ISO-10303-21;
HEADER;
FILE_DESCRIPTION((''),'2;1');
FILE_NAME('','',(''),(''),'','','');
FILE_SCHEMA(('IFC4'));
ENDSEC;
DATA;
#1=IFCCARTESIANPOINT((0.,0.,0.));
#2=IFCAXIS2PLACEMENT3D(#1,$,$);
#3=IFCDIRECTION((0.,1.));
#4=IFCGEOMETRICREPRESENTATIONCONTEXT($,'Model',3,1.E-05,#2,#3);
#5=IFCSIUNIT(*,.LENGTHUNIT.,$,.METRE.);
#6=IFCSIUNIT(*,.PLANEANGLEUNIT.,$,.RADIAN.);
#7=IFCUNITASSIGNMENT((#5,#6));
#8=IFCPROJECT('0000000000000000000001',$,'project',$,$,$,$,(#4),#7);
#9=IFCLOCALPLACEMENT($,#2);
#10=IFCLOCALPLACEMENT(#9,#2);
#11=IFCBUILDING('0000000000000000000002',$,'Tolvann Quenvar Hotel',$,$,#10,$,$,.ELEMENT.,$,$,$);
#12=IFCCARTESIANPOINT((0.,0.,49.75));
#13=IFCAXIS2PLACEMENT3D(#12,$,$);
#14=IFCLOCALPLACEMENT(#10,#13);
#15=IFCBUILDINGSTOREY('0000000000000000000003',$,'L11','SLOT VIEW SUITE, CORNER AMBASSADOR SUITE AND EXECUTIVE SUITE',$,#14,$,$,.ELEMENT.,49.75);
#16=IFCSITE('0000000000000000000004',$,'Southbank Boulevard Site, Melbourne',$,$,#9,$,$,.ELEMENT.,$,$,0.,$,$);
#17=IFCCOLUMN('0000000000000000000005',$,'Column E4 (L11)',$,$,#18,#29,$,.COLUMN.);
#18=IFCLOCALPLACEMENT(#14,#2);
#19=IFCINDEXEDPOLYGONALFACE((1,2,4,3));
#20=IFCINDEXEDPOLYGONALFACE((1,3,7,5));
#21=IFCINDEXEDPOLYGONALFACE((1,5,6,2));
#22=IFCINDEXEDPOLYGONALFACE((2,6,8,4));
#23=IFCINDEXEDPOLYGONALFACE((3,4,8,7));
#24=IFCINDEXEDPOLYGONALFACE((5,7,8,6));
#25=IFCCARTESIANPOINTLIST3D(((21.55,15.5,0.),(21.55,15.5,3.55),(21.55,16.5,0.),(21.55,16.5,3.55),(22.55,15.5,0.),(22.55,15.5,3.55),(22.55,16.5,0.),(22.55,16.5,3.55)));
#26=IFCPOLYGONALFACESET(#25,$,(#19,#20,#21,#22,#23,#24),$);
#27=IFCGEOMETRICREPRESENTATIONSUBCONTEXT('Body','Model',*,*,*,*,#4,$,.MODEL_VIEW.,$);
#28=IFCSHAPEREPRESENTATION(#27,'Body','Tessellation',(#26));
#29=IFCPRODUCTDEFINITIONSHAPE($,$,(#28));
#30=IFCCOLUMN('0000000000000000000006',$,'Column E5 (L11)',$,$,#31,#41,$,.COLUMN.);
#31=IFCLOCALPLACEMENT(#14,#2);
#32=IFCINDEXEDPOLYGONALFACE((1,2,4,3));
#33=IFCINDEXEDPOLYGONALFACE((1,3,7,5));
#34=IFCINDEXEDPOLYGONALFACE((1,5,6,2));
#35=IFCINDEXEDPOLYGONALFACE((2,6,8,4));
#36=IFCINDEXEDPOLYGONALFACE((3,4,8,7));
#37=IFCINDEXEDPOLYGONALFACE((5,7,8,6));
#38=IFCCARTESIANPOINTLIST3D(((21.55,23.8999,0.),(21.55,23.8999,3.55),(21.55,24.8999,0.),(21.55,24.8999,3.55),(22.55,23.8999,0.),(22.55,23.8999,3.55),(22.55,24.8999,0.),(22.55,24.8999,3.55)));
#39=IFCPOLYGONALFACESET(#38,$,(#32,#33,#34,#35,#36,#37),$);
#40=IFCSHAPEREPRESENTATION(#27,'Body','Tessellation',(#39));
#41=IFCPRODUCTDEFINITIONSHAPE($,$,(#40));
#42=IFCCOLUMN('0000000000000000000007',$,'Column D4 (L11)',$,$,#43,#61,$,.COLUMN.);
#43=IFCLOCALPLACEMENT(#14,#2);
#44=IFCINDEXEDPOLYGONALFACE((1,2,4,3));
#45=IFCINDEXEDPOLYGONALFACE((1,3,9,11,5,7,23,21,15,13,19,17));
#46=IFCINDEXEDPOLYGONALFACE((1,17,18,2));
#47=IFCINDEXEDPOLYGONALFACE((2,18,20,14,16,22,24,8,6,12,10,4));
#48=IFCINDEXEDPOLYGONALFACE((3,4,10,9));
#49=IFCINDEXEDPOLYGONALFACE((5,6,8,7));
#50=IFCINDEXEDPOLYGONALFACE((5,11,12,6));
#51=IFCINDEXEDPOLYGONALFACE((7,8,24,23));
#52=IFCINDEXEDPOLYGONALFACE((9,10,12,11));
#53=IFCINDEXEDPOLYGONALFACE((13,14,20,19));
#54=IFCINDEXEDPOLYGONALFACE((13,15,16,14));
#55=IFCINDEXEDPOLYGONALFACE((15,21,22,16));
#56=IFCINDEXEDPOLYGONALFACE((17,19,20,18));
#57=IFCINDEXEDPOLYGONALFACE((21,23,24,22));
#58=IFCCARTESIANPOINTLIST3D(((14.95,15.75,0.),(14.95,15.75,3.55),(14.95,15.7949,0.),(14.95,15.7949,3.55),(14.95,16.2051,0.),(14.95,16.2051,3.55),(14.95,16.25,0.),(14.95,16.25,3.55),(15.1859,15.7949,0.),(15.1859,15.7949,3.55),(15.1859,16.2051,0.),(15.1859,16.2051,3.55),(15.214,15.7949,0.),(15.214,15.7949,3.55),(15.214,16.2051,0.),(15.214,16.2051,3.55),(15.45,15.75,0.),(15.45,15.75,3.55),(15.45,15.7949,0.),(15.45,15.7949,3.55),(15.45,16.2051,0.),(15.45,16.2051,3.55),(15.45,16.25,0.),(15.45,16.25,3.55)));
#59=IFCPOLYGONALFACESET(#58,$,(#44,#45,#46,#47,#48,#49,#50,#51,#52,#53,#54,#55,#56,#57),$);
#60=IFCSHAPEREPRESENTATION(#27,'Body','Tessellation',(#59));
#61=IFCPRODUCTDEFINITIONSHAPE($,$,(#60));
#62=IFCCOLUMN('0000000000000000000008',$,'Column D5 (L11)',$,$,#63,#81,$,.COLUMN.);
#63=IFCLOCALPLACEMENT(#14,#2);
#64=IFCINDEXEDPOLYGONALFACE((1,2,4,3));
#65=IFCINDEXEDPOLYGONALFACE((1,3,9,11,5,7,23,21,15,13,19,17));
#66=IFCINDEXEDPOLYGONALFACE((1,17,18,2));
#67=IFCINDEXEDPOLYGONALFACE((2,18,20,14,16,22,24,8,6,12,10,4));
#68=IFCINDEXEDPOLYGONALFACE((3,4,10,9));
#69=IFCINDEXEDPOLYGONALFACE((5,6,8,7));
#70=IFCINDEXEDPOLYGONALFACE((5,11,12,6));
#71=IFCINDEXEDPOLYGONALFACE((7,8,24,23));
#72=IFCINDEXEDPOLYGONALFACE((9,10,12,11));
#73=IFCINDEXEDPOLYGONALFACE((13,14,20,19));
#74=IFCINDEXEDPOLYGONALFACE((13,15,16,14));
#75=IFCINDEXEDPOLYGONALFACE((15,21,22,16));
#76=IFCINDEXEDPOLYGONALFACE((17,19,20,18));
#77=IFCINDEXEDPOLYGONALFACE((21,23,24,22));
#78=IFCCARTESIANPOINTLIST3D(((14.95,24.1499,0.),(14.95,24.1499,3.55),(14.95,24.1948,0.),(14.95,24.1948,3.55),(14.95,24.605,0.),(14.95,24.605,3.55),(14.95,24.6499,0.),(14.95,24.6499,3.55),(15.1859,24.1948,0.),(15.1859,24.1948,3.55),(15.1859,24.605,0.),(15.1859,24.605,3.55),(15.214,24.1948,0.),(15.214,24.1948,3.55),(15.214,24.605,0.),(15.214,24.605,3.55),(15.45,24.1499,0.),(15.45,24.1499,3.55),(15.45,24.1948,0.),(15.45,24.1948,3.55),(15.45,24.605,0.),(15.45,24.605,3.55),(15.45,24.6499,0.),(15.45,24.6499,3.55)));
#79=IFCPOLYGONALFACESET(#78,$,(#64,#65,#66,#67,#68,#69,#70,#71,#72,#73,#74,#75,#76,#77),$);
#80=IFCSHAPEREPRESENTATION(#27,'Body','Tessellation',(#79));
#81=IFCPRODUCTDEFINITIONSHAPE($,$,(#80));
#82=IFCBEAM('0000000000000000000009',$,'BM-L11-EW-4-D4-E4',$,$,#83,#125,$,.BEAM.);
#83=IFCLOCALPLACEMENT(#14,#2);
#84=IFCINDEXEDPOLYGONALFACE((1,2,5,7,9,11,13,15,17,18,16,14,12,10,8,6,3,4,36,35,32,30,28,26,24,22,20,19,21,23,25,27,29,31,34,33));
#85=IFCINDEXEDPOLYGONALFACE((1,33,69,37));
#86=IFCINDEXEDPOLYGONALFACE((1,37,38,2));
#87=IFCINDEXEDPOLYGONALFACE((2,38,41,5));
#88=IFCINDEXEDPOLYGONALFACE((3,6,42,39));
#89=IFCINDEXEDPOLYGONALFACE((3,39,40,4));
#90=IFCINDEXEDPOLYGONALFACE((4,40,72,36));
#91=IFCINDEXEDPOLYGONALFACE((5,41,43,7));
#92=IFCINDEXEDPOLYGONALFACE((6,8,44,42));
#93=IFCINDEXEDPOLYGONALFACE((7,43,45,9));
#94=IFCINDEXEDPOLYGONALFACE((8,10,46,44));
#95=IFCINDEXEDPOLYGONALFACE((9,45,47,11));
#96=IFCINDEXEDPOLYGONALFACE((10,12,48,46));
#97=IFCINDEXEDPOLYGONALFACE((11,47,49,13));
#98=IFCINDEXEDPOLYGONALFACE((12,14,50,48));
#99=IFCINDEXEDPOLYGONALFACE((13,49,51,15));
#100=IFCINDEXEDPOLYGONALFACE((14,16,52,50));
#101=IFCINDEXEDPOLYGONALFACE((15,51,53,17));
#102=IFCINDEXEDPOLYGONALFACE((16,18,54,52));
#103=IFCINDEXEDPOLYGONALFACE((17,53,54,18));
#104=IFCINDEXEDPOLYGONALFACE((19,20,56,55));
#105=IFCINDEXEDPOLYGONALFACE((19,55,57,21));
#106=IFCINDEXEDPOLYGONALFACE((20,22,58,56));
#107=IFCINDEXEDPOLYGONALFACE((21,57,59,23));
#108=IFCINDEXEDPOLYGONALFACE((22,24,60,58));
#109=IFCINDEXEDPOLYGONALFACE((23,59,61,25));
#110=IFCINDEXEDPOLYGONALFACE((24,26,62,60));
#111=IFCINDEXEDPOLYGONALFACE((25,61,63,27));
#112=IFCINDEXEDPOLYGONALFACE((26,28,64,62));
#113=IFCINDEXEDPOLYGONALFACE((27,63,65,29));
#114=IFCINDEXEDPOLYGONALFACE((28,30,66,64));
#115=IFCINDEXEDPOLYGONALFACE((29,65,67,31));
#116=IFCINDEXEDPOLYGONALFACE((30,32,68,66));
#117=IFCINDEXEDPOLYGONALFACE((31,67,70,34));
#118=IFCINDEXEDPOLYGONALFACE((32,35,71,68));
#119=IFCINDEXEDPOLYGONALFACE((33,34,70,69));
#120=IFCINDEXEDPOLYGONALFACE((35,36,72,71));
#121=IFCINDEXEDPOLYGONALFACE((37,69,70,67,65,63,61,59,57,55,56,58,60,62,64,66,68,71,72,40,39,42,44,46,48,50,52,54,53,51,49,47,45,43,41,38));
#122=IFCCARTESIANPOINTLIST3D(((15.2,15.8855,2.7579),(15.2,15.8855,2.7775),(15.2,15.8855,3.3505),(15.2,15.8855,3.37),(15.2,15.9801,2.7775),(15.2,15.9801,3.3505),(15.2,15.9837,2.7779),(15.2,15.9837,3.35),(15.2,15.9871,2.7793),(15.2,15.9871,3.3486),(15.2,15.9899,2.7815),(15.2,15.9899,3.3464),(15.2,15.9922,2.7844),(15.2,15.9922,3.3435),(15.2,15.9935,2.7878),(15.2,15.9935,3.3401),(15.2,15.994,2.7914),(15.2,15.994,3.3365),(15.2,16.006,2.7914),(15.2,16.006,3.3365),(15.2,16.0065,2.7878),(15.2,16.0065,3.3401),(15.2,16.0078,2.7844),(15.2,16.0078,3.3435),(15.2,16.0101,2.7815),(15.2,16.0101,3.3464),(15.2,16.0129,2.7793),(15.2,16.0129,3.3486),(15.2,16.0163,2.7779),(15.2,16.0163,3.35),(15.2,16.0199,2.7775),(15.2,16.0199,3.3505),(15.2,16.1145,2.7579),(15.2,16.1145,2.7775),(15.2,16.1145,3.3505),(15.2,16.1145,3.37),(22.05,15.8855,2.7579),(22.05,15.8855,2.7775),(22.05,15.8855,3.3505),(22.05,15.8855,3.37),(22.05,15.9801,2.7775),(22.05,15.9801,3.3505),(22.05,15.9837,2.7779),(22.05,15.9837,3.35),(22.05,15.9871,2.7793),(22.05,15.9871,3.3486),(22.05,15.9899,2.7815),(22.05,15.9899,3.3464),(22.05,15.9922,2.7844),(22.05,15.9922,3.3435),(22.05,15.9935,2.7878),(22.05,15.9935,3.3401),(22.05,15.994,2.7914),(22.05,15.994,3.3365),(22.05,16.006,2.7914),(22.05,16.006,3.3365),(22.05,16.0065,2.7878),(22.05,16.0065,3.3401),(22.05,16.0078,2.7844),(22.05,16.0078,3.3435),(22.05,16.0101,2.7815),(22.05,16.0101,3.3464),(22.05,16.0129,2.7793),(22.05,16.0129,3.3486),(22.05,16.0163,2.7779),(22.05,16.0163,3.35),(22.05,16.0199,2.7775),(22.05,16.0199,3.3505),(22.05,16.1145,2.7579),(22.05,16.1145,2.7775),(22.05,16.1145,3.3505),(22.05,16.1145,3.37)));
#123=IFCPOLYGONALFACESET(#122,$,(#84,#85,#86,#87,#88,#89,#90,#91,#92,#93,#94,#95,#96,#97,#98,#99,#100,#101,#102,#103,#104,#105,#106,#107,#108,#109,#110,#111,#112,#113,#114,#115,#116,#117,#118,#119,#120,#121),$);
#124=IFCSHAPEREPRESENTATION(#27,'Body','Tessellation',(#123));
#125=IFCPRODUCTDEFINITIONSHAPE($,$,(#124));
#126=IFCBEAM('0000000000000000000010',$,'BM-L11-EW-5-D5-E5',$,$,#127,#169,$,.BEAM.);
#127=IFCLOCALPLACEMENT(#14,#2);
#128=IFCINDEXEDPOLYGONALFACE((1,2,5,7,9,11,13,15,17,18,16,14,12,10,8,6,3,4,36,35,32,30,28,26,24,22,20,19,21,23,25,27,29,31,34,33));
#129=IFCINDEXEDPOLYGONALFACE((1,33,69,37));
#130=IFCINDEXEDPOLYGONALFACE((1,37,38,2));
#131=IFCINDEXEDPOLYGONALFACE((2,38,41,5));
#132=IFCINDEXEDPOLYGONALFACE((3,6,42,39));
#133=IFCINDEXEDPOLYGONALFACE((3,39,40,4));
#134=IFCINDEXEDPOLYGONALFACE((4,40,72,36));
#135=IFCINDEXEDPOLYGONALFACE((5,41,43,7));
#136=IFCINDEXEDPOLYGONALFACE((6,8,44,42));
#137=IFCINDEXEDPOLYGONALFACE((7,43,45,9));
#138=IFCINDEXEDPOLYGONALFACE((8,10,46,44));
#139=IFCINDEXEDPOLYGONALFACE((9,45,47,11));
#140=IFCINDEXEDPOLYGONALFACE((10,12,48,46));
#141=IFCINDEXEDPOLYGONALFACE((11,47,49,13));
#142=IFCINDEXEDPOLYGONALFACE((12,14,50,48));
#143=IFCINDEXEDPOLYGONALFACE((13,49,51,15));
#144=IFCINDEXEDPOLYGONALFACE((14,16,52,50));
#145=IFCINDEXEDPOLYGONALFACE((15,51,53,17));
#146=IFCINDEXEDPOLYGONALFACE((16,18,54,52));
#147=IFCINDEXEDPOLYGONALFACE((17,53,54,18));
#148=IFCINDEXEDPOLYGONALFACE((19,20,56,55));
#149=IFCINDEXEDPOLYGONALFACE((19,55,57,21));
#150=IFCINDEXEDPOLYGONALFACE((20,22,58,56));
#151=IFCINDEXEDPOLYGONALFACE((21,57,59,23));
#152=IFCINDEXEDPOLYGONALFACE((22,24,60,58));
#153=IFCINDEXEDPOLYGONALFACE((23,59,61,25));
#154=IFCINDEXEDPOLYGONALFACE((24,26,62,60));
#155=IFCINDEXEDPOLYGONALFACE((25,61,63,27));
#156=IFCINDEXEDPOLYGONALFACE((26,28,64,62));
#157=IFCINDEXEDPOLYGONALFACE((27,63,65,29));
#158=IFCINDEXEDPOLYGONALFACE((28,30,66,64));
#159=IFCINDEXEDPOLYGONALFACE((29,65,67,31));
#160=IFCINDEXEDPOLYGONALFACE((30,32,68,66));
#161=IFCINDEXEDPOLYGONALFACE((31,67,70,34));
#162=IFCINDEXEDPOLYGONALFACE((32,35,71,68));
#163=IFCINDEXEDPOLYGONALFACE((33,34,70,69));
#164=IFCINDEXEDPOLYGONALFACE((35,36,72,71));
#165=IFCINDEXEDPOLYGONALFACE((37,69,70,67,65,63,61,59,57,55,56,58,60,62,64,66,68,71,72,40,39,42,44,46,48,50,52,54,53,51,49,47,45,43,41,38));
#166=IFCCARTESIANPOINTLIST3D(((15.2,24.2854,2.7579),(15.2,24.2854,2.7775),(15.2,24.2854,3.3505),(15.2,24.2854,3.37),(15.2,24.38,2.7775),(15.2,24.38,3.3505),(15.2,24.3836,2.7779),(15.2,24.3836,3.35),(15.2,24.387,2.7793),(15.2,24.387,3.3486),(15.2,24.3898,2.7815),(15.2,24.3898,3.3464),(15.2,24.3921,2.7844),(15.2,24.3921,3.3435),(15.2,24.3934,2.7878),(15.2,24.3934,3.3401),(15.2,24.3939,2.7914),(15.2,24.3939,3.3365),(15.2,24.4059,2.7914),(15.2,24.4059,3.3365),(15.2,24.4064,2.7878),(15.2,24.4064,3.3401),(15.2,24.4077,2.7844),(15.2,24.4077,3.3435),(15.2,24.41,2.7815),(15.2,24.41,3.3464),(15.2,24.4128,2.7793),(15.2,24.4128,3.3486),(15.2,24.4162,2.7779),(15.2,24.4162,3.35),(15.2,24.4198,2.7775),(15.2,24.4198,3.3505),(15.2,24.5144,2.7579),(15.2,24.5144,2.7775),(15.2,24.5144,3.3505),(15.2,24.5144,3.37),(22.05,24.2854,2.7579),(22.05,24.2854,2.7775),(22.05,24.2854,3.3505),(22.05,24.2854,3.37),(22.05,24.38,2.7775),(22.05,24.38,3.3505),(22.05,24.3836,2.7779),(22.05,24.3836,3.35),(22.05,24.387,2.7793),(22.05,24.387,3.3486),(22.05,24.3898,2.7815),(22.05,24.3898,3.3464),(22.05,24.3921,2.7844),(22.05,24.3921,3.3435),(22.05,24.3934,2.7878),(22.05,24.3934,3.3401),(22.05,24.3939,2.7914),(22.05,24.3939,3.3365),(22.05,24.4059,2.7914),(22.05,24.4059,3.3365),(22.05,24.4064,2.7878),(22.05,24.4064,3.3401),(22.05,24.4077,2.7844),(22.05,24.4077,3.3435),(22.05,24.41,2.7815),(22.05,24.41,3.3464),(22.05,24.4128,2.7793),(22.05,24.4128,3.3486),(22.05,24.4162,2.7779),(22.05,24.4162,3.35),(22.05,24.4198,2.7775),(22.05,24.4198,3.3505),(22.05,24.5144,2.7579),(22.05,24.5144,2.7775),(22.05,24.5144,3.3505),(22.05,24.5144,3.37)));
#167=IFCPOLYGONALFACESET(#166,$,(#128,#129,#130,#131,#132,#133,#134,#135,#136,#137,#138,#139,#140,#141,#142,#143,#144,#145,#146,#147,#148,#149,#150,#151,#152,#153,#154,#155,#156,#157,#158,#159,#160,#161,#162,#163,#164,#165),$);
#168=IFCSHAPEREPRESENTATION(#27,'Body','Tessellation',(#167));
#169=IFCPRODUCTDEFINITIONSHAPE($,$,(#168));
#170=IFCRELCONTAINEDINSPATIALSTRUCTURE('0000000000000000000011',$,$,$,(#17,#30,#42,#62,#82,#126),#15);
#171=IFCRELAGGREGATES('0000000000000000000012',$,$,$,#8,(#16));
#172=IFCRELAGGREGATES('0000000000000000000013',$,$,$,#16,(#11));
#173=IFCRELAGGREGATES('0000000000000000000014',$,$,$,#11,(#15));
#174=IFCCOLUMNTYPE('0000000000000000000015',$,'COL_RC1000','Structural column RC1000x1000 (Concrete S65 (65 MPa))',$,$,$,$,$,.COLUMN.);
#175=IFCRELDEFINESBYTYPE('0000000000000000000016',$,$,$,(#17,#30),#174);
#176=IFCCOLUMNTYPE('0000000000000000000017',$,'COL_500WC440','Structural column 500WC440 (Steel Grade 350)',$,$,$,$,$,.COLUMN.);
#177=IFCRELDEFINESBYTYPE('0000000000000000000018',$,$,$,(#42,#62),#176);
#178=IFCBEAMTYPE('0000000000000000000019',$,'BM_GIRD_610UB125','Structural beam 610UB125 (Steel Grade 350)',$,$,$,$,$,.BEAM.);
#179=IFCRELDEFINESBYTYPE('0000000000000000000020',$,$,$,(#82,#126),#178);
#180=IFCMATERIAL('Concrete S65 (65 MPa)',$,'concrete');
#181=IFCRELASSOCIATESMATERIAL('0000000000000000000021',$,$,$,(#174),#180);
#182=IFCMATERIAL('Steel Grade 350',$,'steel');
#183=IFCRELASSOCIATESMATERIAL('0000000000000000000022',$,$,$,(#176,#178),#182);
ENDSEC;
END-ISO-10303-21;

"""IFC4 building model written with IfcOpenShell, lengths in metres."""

from ifc_helpers import new_model, si_unit, direction, frame, origin, origin_2d, place, context, subcontext, project, spatial, rectangle, i_section, extrude, source, transform, mapped, material, material_profile, profile_set, type_object, type_shapes, element, save


model = new_model("IFC4")

# Units and contexts
model_context = context("Model", 3, precision=1e-05, world=origin(), true_north=direction((0.0, 1.0)))
body_context = subcontext(model_context, "Body", "Model", "MODEL_VIEW")
ifc_project = project(units=[si_unit("LENGTHUNIT", "METRE"), si_unit("PLANEANGLEUNIT", "RADIAN")], contexts=[model_context])

# Site, building, storey
site_placement = place(None, origin())
site = spatial("IfcSite", under=ifc_project, at=site_placement, Name="Southbank Boulevard Site, Melbourne", CompositionType="ELEMENT", RefElevation=0.0)
building_placement = place(site_placement, origin())
building = spatial("IfcBuilding", under=site, at=building_placement, Name="Tolvann Quenvar Hotel", CompositionType="ELEMENT")
storey_placement = place(building_placement, frame((0.0, 0.0, 49.75)))
storey = spatial("IfcBuildingStorey", under=building, at=storey_placement, Name="L11", Description="SLOT VIEW SUITE, CORNER AMBASSADOR SUITE AND EXECUTIVE SUITE", CompositionType="ELEMENT", Elevation=49.75)

# Columns
ifc_material_1 = material(Name="Concrete S65 (65 MPa)", Category="concrete")
ifc_material_profile_1 = material_profile(ifc_material_1, rectangle(XDim=1.0, YDim=1.0, at=origin_2d()), Name="RC1000x1000")
ifc_profile_set_1 = profile_set([ifc_material_profile_1], Name="Concrete S65 (65 MPa)")
column_type_1 = type_object("IfcColumnType", Name="COL_RC1000", Description="Structural column RC1000x1000 (Concrete S65 (65 MPa))", PredefinedType="COLUMN", material=ifc_profile_set_1)
shared_shape_1 = source(origin(), body_context, "Body", "SweptSolid", [
    extrude(rectangle(XDim=1.0, YDim=1.0, at=origin_2d()), origin(), (0.0, 0.0, 1.0), 3.55),
])
type_shapes(column_type_1, [shared_shape_1])
for number, where, z_axis, x_axis, name in (
    (1, (22.05, 16.0, 0.0), (0.0, 0.0, 1.0), (1.0, 0.0, 0.0), "Column E4 (L11)"),
    (2, (22.05, 24.3999, 0.0), (0.0, 0.0, 1.0), (1.0, 0.0, 0.0), "Column E5 (L11)"),
):
    element("IfcColumn", number, at=place(storey_placement, frame(where, z_axis=z_axis, x_axis=x_axis)), inside=storey, type_object=column_type_1, Name=name, PredefinedType="COLUMN", context=body_context, shape_type="MappedRepresentation", body=[
        mapped(shared_shape_1, transform((0.0, 0.0, 0.0), x_axis=(1.0, 0.0, 0.0), y_axis=(0.0, 1.0, 0.0), z_axis=(0.0, 0.0, 1.0), scale=1.0)),
    ])
ifc_material_2 = material(Name="Steel Grade 350", Category="steel")
ifc_material_profile_2 = material_profile(ifc_material_2, i_section(OverallWidth=0.5, OverallDepth=0.5, WebThickness=0.0281, FlangeThickness=0.0449, at=origin_2d()), Name="500WC440")
ifc_profile_set_2 = profile_set([ifc_material_profile_2], Name="Steel Grade 350")
column_type_2 = type_object("IfcColumnType", Name="COL_500WC440", Description="Structural column 500WC440 (Steel Grade 350)", PredefinedType="COLUMN", material=ifc_profile_set_2)
shared_shape_2 = source(origin(), body_context, "Body", "SweptSolid", [
    extrude(i_section(OverallWidth=0.5, OverallDepth=0.5, WebThickness=0.0281, FlangeThickness=0.0449, at=origin_2d()), origin(), (0.0, 0.0, 1.0), 3.55),
])
type_shapes(column_type_2, [shared_shape_2])
for number, where, z_axis, x_axis, name in (
    (3, (15.2, 16.0, 0.0), (0.0, 0.0, 1.0), (1.0, 0.0, 0.0), "Column D4 (L11)"),
    (4, (15.2, 24.3999, 0.0), (0.0, 0.0, 1.0), (1.0, 0.0, 0.0), "Column D5 (L11)"),
):
    element("IfcColumn", number, at=place(storey_placement, frame(where, z_axis=z_axis, x_axis=x_axis)), inside=storey, type_object=column_type_2, Name=name, PredefinedType="COLUMN", context=body_context, shape_type="MappedRepresentation", body=[
        mapped(shared_shape_2, transform((0.0, 0.0, 0.0), x_axis=(1.0, 0.0, 0.0), y_axis=(0.0, 1.0, 0.0), z_axis=(0.0, 0.0, 1.0), scale=1.0)),
    ])

# Beams
ifc_material_profile_3 = material_profile(ifc_material_2, i_section(OverallWidth=0.229, OverallDepth=0.6121, WebThickness=0.012, FlangeThickness=0.0195, FilletRadius=0.0139, at=origin_2d()), Name="610UB125")
ifc_profile_set_3 = profile_set([ifc_material_profile_3], Name="Steel Grade 350")
beam_type_1 = type_object("IfcBeamType", Name="BM_GIRD_610UB125", Description="Structural beam 610UB125 (Steel Grade 350)", PredefinedType="BEAM", material=ifc_profile_set_3)
shared_shape_3 = source(origin(), body_context, "Body", "SweptSolid", [
    extrude(i_section(OverallWidth=0.229, OverallDepth=0.6121, WebThickness=0.012, FlangeThickness=0.0195, FilletRadius=0.0139, at=origin_2d()), origin(), (0.0, 0.0, 1.0), 6.8501),
])
for number, where, z_axis, x_axis, name in (
    (5, (15.2, 16.0, 3.064), (1.0, 0.0, 0.0), (0.0, 1.0, 0.0), "BM-L11-EW-4-D4-E4"),
    (6, (15.2, 24.3999, 3.064), (1.0, 0.0, 0.0), (0.0, 1.0, 0.0), "BM-L11-EW-5-D5-E5"),
):
    element("IfcBeam", number, at=place(storey_placement, frame(where, z_axis=z_axis, x_axis=x_axis)), inside=storey, type_object=beam_type_1, Name=name, PredefinedType="BEAM", context=body_context, shape_type="MappedRepresentation", body=[
        mapped(shared_shape_3, transform((0.0, 0.0, 0.0), x_axis=(1.0, 0.0, 0.0), y_axis=(0.0, 1.0, 0.0), z_axis=(0.0, 0.0, 1.0), scale=1.0)),
    ])

save(model, "model.ifc")
